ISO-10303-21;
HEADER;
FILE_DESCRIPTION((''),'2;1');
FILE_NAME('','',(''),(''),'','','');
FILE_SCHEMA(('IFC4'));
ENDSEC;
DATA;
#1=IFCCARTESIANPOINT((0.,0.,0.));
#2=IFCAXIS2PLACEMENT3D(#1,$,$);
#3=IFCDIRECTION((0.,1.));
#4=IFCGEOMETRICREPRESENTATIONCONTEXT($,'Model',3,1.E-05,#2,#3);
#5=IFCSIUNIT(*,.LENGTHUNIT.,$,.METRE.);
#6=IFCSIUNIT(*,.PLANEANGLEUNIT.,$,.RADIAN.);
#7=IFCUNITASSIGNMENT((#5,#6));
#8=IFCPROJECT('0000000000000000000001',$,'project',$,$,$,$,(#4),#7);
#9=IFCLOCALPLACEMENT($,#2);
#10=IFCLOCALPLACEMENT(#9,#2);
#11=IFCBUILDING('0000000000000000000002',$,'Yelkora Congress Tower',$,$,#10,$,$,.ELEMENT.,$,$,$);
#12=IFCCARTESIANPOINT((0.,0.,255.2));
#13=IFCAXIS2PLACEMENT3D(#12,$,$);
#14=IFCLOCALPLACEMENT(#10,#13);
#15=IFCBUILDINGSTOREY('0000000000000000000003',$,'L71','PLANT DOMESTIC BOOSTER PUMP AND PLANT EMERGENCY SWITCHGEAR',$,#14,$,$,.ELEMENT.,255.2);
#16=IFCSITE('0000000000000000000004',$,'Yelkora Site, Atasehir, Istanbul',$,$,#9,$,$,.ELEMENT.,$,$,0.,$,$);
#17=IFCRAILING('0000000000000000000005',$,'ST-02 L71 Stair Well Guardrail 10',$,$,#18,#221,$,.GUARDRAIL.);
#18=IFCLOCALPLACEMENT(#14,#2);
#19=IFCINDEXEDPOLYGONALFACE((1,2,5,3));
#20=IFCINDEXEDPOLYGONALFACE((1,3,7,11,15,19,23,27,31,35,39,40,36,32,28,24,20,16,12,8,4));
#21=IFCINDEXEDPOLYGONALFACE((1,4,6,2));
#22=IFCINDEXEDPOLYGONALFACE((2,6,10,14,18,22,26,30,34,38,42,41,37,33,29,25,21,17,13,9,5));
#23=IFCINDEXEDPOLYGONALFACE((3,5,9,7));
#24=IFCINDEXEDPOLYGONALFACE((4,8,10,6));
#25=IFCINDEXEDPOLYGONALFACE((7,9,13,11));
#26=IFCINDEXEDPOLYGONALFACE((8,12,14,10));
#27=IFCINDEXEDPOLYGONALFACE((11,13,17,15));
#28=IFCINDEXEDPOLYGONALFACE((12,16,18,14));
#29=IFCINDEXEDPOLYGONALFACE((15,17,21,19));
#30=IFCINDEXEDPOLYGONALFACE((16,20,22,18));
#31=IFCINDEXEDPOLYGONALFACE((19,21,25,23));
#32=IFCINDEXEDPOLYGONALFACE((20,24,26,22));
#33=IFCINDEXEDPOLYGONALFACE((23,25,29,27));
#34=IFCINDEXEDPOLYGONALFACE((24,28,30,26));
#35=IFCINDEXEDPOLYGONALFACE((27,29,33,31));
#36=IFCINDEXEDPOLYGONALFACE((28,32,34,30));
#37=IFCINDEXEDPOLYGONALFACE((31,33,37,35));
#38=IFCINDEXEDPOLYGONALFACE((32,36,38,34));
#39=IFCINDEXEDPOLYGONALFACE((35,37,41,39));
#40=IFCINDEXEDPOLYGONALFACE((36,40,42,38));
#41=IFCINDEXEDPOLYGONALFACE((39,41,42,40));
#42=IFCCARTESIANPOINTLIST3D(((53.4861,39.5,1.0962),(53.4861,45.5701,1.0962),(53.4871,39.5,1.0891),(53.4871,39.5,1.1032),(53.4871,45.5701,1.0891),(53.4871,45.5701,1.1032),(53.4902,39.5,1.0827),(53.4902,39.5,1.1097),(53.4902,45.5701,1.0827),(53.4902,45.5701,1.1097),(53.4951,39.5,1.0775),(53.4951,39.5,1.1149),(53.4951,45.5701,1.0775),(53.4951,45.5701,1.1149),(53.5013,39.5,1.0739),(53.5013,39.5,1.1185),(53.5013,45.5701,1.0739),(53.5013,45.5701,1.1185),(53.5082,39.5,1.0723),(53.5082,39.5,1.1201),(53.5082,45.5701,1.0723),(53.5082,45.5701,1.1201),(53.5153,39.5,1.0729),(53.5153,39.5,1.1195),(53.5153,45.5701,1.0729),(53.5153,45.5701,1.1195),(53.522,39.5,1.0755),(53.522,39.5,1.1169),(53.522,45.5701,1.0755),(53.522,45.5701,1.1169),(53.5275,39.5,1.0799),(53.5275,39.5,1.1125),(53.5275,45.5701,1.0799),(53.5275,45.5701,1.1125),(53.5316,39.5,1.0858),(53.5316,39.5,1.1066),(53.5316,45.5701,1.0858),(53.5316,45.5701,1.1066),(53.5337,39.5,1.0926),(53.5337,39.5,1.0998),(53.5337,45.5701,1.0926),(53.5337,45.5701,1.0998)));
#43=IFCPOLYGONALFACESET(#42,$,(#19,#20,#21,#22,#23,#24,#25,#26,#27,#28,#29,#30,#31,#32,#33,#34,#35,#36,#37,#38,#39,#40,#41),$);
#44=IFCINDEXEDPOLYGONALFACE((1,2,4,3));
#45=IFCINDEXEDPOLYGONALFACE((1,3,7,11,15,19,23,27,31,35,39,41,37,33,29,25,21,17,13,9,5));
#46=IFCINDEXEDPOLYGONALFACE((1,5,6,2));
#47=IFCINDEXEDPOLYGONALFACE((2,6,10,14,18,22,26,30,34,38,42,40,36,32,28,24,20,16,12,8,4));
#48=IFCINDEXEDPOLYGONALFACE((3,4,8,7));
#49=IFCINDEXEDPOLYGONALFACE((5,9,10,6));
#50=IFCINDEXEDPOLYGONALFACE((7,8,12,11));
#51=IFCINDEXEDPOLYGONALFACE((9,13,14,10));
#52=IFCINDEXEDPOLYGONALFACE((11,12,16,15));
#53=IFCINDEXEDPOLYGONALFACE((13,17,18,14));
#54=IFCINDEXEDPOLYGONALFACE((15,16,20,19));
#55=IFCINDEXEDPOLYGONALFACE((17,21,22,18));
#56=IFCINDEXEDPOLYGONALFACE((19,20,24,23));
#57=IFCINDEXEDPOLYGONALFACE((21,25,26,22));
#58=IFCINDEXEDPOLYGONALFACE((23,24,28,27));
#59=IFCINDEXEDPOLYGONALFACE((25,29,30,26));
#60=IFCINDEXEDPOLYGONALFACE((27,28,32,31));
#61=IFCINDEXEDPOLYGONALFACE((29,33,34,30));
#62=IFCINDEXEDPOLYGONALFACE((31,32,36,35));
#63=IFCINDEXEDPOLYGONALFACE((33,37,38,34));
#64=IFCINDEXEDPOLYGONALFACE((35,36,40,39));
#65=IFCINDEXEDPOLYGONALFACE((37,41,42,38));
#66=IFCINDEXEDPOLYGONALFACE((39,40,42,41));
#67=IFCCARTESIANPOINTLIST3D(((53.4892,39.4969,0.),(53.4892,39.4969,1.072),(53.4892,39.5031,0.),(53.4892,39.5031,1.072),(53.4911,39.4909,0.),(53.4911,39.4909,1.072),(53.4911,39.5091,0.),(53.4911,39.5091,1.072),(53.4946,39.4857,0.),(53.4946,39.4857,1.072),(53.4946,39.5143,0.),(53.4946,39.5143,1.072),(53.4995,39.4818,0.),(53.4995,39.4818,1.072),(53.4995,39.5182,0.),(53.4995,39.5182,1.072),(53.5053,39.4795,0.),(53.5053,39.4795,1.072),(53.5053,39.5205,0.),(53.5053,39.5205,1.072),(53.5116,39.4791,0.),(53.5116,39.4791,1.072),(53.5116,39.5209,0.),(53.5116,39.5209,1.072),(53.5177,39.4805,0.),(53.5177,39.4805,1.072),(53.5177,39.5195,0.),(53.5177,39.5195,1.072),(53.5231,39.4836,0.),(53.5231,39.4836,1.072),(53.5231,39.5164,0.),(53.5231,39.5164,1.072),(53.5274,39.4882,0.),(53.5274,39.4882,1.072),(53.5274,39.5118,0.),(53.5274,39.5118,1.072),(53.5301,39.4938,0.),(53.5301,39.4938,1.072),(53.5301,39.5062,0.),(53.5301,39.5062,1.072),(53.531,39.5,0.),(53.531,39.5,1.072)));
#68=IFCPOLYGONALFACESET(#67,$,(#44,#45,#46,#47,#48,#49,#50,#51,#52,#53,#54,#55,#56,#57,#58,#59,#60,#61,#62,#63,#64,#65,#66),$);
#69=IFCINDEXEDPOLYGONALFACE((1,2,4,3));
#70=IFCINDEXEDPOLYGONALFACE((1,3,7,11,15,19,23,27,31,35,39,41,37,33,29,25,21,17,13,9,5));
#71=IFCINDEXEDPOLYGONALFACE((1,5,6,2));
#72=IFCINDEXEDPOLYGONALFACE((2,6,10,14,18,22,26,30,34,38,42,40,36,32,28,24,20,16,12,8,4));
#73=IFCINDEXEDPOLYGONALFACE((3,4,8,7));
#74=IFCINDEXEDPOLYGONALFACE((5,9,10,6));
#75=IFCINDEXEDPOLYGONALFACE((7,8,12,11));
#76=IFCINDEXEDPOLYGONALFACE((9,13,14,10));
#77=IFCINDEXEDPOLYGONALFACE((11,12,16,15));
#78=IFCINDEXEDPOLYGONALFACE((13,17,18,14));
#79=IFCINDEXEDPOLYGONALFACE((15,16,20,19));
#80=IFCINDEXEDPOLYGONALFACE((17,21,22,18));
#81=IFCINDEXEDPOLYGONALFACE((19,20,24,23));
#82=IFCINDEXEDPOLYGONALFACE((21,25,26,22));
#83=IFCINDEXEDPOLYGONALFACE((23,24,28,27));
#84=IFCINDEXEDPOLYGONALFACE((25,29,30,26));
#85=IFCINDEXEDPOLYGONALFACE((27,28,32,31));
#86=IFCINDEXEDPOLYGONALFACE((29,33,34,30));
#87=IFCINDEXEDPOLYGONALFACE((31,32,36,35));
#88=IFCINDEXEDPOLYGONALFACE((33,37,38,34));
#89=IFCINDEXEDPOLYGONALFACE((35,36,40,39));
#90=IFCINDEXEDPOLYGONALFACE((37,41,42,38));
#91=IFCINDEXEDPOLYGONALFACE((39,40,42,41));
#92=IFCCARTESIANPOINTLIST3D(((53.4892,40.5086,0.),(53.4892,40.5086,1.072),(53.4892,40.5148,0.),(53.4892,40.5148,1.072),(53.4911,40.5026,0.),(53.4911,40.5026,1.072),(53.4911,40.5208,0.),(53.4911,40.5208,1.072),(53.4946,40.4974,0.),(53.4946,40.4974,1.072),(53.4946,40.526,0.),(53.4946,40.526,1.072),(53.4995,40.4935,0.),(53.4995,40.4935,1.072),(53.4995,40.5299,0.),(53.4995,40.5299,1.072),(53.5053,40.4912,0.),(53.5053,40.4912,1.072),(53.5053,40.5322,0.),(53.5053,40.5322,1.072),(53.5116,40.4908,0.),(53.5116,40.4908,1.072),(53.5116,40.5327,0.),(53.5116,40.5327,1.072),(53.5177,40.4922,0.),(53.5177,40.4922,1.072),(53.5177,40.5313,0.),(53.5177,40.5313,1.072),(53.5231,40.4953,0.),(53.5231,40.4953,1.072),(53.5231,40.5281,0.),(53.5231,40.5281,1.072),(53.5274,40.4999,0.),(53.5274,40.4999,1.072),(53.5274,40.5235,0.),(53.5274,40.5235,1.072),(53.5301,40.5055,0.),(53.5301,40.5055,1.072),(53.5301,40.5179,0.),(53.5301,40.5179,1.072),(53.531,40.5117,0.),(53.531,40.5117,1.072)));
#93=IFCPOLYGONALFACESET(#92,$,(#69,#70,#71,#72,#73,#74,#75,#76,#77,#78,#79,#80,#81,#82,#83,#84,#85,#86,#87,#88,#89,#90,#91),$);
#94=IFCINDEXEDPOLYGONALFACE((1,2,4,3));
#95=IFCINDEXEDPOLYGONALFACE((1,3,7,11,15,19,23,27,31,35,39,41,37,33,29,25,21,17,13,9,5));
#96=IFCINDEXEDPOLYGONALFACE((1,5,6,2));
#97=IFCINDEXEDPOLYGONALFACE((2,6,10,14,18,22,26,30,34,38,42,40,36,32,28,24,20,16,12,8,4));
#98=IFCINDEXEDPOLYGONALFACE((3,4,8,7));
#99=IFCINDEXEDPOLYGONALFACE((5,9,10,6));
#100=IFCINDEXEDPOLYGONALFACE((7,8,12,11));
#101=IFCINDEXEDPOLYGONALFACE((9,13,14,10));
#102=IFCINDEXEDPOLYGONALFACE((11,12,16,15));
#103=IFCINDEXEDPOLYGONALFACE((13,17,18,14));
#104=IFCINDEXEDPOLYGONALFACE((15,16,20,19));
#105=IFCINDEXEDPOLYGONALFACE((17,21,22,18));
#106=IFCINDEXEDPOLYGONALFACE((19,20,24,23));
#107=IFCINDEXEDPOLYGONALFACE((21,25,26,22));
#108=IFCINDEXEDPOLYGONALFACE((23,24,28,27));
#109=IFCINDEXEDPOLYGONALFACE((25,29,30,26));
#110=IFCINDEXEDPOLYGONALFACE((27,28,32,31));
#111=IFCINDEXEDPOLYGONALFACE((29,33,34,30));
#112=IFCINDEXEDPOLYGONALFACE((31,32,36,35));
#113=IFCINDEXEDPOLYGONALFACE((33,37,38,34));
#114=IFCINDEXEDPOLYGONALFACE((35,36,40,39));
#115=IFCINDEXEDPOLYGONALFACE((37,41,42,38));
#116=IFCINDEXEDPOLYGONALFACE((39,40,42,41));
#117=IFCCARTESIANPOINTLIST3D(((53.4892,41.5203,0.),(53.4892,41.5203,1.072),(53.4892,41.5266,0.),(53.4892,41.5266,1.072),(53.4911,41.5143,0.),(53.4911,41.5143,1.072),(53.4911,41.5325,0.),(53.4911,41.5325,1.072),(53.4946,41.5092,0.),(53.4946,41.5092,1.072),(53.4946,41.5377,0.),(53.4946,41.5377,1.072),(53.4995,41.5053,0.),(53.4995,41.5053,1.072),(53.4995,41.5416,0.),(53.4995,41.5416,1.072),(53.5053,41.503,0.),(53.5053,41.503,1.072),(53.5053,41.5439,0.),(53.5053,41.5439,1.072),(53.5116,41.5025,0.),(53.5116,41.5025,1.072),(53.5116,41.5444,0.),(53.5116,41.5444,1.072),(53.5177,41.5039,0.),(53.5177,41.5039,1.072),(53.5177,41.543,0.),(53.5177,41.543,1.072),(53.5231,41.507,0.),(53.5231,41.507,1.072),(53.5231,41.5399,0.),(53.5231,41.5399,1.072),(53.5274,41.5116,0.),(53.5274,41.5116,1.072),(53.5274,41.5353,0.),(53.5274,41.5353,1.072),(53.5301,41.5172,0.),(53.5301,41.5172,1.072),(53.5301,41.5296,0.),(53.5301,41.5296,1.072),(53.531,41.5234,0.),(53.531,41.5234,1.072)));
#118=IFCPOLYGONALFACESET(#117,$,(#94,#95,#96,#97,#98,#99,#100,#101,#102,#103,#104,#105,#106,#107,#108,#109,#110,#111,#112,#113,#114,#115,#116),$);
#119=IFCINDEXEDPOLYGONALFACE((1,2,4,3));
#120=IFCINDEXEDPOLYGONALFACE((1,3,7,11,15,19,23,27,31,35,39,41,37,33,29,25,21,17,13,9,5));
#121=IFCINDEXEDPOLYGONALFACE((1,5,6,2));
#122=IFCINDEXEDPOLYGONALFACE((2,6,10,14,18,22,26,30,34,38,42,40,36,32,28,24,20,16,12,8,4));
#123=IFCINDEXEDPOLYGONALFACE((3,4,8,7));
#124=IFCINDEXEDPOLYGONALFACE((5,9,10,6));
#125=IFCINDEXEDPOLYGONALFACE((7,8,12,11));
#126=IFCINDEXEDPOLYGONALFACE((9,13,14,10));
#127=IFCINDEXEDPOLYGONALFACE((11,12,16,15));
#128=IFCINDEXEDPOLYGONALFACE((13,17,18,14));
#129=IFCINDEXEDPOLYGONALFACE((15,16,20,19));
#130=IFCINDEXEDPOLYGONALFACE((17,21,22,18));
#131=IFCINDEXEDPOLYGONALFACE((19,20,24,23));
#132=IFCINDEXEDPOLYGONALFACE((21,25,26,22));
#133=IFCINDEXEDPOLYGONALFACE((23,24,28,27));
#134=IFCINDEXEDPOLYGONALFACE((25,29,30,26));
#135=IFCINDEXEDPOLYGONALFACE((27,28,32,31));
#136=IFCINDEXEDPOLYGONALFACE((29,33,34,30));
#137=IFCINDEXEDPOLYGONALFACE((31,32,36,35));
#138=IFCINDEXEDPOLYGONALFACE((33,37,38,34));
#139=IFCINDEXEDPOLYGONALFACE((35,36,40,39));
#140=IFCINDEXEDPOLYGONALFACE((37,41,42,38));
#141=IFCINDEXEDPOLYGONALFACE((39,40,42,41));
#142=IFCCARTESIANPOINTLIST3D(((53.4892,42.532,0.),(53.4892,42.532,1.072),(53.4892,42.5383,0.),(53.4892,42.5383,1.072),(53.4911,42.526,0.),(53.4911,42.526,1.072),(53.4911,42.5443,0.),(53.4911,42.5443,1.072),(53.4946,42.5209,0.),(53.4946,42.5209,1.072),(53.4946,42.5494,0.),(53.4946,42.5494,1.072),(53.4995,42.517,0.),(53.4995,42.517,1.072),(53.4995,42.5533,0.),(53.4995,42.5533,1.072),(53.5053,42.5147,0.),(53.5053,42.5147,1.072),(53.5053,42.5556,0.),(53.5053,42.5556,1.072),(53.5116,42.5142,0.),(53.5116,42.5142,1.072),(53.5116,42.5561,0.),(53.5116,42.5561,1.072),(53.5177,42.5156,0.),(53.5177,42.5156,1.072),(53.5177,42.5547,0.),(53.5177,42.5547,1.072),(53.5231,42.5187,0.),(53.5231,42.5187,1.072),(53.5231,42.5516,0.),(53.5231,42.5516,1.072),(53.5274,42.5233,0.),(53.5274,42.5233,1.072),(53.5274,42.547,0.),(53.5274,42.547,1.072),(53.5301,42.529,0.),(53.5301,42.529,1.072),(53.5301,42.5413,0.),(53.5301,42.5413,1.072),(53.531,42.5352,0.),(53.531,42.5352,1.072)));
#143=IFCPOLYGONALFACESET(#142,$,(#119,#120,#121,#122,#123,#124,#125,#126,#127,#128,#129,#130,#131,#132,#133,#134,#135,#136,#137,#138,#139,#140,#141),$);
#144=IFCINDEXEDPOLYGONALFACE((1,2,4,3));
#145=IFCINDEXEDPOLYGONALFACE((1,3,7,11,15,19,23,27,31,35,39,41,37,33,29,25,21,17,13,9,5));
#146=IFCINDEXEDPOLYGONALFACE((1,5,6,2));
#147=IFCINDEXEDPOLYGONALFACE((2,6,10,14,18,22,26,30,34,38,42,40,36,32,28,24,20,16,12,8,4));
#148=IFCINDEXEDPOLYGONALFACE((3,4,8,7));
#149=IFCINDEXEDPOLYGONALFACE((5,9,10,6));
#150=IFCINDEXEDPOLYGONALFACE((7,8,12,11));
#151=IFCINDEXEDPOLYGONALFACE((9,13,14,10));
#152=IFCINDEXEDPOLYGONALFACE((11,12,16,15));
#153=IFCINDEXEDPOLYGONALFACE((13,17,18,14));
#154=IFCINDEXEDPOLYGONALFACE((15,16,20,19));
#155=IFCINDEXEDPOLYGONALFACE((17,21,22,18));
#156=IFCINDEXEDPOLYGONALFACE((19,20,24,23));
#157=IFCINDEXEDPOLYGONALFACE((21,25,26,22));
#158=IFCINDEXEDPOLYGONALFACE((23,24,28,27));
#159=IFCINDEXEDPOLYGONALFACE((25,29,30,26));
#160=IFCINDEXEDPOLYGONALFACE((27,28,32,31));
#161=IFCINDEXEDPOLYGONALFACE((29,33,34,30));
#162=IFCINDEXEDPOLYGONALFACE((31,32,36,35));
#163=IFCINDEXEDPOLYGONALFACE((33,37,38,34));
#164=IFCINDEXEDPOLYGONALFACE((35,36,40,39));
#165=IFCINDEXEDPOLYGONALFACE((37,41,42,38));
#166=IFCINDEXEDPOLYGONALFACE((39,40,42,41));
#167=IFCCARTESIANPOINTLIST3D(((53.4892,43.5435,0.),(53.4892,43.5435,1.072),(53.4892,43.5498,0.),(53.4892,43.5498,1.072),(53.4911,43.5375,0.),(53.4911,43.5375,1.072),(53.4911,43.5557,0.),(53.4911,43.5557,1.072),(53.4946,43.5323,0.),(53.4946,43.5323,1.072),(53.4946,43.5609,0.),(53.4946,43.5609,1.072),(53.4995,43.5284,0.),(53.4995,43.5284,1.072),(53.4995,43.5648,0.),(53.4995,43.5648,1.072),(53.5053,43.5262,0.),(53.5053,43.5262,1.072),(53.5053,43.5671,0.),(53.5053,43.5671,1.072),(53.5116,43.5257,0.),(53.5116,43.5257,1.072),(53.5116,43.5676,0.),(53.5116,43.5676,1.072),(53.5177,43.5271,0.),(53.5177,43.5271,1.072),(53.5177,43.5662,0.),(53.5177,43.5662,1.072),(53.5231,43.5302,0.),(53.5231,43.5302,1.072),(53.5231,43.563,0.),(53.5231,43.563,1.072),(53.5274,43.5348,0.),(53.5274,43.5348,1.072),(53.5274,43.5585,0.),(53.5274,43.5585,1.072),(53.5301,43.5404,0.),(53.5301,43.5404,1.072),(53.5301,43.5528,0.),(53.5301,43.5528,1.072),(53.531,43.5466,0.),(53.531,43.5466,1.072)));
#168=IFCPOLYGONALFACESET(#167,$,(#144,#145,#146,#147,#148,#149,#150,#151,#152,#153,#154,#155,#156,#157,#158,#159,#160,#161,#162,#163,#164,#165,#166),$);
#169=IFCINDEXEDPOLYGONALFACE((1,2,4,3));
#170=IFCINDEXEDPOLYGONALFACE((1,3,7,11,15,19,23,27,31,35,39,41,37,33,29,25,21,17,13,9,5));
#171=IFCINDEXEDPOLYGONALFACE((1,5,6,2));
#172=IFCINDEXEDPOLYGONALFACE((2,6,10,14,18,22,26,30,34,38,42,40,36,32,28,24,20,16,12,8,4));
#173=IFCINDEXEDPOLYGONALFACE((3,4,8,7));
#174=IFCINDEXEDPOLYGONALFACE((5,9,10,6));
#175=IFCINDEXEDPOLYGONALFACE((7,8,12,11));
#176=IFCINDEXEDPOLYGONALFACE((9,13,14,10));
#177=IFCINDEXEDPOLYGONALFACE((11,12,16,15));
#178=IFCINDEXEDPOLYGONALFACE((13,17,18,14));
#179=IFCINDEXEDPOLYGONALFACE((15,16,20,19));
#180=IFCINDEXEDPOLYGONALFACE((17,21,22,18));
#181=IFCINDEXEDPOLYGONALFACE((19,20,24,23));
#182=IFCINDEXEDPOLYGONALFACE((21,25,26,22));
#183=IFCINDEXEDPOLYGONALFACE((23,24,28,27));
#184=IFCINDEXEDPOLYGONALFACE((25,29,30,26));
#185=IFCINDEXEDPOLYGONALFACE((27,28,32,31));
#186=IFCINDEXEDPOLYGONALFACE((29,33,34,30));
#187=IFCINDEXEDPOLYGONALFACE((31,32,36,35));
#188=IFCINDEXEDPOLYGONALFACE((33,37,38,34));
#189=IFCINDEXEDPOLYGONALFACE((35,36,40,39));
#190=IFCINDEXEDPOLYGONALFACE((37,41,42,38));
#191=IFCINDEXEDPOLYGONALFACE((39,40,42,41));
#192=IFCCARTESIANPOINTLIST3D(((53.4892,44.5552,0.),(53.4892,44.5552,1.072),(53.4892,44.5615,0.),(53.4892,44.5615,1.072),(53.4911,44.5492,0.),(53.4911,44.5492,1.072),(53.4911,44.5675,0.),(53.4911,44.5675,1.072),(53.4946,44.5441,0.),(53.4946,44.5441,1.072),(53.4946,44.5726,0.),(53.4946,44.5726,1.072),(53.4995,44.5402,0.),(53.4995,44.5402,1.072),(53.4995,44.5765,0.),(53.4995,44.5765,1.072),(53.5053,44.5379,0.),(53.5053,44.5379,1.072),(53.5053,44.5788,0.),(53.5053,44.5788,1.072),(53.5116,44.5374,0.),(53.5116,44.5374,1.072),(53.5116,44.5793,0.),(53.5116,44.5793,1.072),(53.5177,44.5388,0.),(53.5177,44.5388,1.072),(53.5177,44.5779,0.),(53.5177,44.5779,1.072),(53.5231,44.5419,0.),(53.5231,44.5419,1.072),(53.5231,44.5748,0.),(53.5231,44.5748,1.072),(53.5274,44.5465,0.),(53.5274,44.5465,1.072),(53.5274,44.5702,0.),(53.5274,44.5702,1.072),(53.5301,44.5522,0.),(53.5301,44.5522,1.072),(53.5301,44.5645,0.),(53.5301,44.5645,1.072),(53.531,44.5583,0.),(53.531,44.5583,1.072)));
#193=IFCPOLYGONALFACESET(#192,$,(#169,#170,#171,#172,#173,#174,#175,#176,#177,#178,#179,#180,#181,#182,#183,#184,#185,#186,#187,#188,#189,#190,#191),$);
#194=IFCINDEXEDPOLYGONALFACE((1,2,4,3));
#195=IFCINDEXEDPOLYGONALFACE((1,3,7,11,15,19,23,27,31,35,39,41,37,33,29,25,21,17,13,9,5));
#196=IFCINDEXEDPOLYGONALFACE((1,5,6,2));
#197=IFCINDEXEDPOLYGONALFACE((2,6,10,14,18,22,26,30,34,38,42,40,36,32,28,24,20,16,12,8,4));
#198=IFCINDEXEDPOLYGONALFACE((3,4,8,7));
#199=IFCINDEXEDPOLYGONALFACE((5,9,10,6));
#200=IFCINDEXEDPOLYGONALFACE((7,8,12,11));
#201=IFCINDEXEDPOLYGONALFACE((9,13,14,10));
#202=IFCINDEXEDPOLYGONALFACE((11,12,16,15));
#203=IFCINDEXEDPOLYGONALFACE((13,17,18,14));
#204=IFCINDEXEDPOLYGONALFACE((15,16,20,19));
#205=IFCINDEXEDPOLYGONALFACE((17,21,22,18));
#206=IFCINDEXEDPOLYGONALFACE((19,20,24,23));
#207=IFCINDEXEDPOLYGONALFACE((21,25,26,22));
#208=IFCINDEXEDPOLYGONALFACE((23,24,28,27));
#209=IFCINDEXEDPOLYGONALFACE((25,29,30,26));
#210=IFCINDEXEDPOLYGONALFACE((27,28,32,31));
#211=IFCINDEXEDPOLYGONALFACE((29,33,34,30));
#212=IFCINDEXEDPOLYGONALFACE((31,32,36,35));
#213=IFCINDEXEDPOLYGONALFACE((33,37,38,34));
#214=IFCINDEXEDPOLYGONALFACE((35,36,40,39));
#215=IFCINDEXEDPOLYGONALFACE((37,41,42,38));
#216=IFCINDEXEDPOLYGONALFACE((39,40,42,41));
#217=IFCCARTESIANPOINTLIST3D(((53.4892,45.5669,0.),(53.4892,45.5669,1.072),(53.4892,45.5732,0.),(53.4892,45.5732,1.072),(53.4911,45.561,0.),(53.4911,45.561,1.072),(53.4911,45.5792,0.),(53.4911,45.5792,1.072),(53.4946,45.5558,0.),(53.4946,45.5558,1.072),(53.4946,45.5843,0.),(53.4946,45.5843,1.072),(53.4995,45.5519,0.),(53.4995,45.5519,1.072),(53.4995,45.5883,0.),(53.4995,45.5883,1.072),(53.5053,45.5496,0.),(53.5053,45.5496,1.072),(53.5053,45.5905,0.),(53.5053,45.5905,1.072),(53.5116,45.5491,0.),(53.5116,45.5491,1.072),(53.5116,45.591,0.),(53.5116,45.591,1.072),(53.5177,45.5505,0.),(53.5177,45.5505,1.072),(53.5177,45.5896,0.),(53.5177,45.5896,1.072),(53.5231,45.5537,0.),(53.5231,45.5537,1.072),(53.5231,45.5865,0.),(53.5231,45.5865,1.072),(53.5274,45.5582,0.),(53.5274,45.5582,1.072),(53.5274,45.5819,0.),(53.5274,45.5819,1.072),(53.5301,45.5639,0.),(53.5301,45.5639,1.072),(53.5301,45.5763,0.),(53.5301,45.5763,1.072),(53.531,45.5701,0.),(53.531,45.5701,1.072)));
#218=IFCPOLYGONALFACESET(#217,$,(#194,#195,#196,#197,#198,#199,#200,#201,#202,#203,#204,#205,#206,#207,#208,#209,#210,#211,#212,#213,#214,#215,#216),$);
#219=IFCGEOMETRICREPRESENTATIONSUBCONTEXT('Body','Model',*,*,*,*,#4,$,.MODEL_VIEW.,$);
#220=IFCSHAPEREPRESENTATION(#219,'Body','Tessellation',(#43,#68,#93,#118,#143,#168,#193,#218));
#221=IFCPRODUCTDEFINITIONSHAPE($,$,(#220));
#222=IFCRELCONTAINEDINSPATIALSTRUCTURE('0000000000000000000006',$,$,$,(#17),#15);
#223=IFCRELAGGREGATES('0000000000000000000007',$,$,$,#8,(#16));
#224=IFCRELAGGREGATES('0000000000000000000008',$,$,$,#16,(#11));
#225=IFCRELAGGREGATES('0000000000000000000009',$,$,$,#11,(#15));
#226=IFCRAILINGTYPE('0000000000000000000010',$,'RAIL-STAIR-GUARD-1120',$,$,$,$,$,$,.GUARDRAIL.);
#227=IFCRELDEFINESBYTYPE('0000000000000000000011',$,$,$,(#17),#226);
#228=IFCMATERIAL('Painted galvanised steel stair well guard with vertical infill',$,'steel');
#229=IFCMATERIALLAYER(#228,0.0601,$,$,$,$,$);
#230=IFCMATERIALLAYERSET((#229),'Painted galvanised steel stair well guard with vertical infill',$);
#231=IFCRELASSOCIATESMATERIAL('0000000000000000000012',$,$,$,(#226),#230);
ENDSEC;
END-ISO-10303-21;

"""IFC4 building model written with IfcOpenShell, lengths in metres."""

from ifc_helpers import new_model, si_unit, direction, frame, origin, origin_2d, place, context, subcontext, project, spatial, circle, extrude, material, layer, layer_set, type_object, element, save


model = new_model("IFC4")

# Units and contexts
model_context = context("Model", 3, precision=1e-05, world=origin(), true_north=direction((0.0, 1.0)))
body_context = subcontext(model_context, "Body", "Model", "MODEL_VIEW")
ifc_project = project(units=[si_unit("LENGTHUNIT", "METRE"), si_unit("PLANEANGLEUNIT", "RADIAN")], contexts=[model_context])

# Site, building, storey
site_placement = place(None, origin())
site = spatial("IfcSite", under=ifc_project, at=site_placement, Name="Yelkora Site, Atasehir, Istanbul", CompositionType="ELEMENT", RefElevation=0.0)
building_placement = place(site_placement, origin())
building = spatial("IfcBuilding", under=site, at=building_placement, Name="Yelkora Congress Tower", CompositionType="ELEMENT")
storey_placement = place(building_placement, frame((0.0, 0.0, 255.2)))
storey = spatial("IfcBuildingStorey", under=building, at=storey_placement, Name="L71", Description="PLANT DOMESTIC BOOSTER PUMP AND PLANT EMERGENCY SWITCHGEAR", CompositionType="ELEMENT", Elevation=255.2)

# Railing
ifc_material_1 = material(Name="Painted galvanised steel stair well guard with vertical infill", Category="steel")
ifc_layer_1 = layer(ifc_material_1, 0.0601)
ifc_layer_set_1 = layer_set([ifc_layer_1], Name="Painted galvanised steel stair well guard with vertical infill")
railing_type_1 = type_object("IfcRailingType", Name="RAIL-STAIR-GUARD-1120", PredefinedType="GUARDRAIL", material=ifc_layer_set_1)
railing_1_placement = place(storey_placement, frame((53.51, 39.5, 0.0)))
element("IfcRailing", 1, at=railing_1_placement, inside=storey, type_object=railing_type_1, Name="ST-02 L71 Stair Well Guardrail 10", PredefinedType="GUARDRAIL", context=body_context, shape_type="SweptSolid", body=[
    extrude(circle(Radius=0.0239, at=origin_2d()), frame((0.0, 0.0, 1.0962), z_axis=(0.0, 1.0, 0.0), x_axis=(-1.0, 0.0, 0.0)), (0.0, 0.0, 1.0), 6.0701),
    extrude(circle(Radius=0.021, at=origin_2d()), origin(), (0.0, 0.0, 1.0), 1.072),
    extrude(circle(Radius=0.021, at=origin_2d()), frame((0.0, 1.0117, 0.0)), (0.0, 0.0, 1.0), 1.072),
    extrude(circle(Radius=0.021, at=origin_2d()), frame((0.0, 2.0234, 0.0)), (0.0, 0.0, 1.0), 1.072),
    extrude(circle(Radius=0.021, at=origin_2d()), frame((0.0, 3.0352, 0.0)), (0.0, 0.0, 1.0), 1.072),
    extrude(circle(Radius=0.021, at=origin_2d()), frame((0.0, 4.0466, 0.0)), (0.0, 0.0, 1.0), 1.072),
    extrude(circle(Radius=0.021, at=origin_2d()), frame((0.0, 5.0583, 0.0)), (0.0, 0.0, 1.0), 1.072),
    extrude(circle(Radius=0.021, at=origin_2d()), frame((0.0, 6.0701, 0.0)), (0.0, 0.0, 1.0), 1.072),
])

save(model, "model.ifc")
